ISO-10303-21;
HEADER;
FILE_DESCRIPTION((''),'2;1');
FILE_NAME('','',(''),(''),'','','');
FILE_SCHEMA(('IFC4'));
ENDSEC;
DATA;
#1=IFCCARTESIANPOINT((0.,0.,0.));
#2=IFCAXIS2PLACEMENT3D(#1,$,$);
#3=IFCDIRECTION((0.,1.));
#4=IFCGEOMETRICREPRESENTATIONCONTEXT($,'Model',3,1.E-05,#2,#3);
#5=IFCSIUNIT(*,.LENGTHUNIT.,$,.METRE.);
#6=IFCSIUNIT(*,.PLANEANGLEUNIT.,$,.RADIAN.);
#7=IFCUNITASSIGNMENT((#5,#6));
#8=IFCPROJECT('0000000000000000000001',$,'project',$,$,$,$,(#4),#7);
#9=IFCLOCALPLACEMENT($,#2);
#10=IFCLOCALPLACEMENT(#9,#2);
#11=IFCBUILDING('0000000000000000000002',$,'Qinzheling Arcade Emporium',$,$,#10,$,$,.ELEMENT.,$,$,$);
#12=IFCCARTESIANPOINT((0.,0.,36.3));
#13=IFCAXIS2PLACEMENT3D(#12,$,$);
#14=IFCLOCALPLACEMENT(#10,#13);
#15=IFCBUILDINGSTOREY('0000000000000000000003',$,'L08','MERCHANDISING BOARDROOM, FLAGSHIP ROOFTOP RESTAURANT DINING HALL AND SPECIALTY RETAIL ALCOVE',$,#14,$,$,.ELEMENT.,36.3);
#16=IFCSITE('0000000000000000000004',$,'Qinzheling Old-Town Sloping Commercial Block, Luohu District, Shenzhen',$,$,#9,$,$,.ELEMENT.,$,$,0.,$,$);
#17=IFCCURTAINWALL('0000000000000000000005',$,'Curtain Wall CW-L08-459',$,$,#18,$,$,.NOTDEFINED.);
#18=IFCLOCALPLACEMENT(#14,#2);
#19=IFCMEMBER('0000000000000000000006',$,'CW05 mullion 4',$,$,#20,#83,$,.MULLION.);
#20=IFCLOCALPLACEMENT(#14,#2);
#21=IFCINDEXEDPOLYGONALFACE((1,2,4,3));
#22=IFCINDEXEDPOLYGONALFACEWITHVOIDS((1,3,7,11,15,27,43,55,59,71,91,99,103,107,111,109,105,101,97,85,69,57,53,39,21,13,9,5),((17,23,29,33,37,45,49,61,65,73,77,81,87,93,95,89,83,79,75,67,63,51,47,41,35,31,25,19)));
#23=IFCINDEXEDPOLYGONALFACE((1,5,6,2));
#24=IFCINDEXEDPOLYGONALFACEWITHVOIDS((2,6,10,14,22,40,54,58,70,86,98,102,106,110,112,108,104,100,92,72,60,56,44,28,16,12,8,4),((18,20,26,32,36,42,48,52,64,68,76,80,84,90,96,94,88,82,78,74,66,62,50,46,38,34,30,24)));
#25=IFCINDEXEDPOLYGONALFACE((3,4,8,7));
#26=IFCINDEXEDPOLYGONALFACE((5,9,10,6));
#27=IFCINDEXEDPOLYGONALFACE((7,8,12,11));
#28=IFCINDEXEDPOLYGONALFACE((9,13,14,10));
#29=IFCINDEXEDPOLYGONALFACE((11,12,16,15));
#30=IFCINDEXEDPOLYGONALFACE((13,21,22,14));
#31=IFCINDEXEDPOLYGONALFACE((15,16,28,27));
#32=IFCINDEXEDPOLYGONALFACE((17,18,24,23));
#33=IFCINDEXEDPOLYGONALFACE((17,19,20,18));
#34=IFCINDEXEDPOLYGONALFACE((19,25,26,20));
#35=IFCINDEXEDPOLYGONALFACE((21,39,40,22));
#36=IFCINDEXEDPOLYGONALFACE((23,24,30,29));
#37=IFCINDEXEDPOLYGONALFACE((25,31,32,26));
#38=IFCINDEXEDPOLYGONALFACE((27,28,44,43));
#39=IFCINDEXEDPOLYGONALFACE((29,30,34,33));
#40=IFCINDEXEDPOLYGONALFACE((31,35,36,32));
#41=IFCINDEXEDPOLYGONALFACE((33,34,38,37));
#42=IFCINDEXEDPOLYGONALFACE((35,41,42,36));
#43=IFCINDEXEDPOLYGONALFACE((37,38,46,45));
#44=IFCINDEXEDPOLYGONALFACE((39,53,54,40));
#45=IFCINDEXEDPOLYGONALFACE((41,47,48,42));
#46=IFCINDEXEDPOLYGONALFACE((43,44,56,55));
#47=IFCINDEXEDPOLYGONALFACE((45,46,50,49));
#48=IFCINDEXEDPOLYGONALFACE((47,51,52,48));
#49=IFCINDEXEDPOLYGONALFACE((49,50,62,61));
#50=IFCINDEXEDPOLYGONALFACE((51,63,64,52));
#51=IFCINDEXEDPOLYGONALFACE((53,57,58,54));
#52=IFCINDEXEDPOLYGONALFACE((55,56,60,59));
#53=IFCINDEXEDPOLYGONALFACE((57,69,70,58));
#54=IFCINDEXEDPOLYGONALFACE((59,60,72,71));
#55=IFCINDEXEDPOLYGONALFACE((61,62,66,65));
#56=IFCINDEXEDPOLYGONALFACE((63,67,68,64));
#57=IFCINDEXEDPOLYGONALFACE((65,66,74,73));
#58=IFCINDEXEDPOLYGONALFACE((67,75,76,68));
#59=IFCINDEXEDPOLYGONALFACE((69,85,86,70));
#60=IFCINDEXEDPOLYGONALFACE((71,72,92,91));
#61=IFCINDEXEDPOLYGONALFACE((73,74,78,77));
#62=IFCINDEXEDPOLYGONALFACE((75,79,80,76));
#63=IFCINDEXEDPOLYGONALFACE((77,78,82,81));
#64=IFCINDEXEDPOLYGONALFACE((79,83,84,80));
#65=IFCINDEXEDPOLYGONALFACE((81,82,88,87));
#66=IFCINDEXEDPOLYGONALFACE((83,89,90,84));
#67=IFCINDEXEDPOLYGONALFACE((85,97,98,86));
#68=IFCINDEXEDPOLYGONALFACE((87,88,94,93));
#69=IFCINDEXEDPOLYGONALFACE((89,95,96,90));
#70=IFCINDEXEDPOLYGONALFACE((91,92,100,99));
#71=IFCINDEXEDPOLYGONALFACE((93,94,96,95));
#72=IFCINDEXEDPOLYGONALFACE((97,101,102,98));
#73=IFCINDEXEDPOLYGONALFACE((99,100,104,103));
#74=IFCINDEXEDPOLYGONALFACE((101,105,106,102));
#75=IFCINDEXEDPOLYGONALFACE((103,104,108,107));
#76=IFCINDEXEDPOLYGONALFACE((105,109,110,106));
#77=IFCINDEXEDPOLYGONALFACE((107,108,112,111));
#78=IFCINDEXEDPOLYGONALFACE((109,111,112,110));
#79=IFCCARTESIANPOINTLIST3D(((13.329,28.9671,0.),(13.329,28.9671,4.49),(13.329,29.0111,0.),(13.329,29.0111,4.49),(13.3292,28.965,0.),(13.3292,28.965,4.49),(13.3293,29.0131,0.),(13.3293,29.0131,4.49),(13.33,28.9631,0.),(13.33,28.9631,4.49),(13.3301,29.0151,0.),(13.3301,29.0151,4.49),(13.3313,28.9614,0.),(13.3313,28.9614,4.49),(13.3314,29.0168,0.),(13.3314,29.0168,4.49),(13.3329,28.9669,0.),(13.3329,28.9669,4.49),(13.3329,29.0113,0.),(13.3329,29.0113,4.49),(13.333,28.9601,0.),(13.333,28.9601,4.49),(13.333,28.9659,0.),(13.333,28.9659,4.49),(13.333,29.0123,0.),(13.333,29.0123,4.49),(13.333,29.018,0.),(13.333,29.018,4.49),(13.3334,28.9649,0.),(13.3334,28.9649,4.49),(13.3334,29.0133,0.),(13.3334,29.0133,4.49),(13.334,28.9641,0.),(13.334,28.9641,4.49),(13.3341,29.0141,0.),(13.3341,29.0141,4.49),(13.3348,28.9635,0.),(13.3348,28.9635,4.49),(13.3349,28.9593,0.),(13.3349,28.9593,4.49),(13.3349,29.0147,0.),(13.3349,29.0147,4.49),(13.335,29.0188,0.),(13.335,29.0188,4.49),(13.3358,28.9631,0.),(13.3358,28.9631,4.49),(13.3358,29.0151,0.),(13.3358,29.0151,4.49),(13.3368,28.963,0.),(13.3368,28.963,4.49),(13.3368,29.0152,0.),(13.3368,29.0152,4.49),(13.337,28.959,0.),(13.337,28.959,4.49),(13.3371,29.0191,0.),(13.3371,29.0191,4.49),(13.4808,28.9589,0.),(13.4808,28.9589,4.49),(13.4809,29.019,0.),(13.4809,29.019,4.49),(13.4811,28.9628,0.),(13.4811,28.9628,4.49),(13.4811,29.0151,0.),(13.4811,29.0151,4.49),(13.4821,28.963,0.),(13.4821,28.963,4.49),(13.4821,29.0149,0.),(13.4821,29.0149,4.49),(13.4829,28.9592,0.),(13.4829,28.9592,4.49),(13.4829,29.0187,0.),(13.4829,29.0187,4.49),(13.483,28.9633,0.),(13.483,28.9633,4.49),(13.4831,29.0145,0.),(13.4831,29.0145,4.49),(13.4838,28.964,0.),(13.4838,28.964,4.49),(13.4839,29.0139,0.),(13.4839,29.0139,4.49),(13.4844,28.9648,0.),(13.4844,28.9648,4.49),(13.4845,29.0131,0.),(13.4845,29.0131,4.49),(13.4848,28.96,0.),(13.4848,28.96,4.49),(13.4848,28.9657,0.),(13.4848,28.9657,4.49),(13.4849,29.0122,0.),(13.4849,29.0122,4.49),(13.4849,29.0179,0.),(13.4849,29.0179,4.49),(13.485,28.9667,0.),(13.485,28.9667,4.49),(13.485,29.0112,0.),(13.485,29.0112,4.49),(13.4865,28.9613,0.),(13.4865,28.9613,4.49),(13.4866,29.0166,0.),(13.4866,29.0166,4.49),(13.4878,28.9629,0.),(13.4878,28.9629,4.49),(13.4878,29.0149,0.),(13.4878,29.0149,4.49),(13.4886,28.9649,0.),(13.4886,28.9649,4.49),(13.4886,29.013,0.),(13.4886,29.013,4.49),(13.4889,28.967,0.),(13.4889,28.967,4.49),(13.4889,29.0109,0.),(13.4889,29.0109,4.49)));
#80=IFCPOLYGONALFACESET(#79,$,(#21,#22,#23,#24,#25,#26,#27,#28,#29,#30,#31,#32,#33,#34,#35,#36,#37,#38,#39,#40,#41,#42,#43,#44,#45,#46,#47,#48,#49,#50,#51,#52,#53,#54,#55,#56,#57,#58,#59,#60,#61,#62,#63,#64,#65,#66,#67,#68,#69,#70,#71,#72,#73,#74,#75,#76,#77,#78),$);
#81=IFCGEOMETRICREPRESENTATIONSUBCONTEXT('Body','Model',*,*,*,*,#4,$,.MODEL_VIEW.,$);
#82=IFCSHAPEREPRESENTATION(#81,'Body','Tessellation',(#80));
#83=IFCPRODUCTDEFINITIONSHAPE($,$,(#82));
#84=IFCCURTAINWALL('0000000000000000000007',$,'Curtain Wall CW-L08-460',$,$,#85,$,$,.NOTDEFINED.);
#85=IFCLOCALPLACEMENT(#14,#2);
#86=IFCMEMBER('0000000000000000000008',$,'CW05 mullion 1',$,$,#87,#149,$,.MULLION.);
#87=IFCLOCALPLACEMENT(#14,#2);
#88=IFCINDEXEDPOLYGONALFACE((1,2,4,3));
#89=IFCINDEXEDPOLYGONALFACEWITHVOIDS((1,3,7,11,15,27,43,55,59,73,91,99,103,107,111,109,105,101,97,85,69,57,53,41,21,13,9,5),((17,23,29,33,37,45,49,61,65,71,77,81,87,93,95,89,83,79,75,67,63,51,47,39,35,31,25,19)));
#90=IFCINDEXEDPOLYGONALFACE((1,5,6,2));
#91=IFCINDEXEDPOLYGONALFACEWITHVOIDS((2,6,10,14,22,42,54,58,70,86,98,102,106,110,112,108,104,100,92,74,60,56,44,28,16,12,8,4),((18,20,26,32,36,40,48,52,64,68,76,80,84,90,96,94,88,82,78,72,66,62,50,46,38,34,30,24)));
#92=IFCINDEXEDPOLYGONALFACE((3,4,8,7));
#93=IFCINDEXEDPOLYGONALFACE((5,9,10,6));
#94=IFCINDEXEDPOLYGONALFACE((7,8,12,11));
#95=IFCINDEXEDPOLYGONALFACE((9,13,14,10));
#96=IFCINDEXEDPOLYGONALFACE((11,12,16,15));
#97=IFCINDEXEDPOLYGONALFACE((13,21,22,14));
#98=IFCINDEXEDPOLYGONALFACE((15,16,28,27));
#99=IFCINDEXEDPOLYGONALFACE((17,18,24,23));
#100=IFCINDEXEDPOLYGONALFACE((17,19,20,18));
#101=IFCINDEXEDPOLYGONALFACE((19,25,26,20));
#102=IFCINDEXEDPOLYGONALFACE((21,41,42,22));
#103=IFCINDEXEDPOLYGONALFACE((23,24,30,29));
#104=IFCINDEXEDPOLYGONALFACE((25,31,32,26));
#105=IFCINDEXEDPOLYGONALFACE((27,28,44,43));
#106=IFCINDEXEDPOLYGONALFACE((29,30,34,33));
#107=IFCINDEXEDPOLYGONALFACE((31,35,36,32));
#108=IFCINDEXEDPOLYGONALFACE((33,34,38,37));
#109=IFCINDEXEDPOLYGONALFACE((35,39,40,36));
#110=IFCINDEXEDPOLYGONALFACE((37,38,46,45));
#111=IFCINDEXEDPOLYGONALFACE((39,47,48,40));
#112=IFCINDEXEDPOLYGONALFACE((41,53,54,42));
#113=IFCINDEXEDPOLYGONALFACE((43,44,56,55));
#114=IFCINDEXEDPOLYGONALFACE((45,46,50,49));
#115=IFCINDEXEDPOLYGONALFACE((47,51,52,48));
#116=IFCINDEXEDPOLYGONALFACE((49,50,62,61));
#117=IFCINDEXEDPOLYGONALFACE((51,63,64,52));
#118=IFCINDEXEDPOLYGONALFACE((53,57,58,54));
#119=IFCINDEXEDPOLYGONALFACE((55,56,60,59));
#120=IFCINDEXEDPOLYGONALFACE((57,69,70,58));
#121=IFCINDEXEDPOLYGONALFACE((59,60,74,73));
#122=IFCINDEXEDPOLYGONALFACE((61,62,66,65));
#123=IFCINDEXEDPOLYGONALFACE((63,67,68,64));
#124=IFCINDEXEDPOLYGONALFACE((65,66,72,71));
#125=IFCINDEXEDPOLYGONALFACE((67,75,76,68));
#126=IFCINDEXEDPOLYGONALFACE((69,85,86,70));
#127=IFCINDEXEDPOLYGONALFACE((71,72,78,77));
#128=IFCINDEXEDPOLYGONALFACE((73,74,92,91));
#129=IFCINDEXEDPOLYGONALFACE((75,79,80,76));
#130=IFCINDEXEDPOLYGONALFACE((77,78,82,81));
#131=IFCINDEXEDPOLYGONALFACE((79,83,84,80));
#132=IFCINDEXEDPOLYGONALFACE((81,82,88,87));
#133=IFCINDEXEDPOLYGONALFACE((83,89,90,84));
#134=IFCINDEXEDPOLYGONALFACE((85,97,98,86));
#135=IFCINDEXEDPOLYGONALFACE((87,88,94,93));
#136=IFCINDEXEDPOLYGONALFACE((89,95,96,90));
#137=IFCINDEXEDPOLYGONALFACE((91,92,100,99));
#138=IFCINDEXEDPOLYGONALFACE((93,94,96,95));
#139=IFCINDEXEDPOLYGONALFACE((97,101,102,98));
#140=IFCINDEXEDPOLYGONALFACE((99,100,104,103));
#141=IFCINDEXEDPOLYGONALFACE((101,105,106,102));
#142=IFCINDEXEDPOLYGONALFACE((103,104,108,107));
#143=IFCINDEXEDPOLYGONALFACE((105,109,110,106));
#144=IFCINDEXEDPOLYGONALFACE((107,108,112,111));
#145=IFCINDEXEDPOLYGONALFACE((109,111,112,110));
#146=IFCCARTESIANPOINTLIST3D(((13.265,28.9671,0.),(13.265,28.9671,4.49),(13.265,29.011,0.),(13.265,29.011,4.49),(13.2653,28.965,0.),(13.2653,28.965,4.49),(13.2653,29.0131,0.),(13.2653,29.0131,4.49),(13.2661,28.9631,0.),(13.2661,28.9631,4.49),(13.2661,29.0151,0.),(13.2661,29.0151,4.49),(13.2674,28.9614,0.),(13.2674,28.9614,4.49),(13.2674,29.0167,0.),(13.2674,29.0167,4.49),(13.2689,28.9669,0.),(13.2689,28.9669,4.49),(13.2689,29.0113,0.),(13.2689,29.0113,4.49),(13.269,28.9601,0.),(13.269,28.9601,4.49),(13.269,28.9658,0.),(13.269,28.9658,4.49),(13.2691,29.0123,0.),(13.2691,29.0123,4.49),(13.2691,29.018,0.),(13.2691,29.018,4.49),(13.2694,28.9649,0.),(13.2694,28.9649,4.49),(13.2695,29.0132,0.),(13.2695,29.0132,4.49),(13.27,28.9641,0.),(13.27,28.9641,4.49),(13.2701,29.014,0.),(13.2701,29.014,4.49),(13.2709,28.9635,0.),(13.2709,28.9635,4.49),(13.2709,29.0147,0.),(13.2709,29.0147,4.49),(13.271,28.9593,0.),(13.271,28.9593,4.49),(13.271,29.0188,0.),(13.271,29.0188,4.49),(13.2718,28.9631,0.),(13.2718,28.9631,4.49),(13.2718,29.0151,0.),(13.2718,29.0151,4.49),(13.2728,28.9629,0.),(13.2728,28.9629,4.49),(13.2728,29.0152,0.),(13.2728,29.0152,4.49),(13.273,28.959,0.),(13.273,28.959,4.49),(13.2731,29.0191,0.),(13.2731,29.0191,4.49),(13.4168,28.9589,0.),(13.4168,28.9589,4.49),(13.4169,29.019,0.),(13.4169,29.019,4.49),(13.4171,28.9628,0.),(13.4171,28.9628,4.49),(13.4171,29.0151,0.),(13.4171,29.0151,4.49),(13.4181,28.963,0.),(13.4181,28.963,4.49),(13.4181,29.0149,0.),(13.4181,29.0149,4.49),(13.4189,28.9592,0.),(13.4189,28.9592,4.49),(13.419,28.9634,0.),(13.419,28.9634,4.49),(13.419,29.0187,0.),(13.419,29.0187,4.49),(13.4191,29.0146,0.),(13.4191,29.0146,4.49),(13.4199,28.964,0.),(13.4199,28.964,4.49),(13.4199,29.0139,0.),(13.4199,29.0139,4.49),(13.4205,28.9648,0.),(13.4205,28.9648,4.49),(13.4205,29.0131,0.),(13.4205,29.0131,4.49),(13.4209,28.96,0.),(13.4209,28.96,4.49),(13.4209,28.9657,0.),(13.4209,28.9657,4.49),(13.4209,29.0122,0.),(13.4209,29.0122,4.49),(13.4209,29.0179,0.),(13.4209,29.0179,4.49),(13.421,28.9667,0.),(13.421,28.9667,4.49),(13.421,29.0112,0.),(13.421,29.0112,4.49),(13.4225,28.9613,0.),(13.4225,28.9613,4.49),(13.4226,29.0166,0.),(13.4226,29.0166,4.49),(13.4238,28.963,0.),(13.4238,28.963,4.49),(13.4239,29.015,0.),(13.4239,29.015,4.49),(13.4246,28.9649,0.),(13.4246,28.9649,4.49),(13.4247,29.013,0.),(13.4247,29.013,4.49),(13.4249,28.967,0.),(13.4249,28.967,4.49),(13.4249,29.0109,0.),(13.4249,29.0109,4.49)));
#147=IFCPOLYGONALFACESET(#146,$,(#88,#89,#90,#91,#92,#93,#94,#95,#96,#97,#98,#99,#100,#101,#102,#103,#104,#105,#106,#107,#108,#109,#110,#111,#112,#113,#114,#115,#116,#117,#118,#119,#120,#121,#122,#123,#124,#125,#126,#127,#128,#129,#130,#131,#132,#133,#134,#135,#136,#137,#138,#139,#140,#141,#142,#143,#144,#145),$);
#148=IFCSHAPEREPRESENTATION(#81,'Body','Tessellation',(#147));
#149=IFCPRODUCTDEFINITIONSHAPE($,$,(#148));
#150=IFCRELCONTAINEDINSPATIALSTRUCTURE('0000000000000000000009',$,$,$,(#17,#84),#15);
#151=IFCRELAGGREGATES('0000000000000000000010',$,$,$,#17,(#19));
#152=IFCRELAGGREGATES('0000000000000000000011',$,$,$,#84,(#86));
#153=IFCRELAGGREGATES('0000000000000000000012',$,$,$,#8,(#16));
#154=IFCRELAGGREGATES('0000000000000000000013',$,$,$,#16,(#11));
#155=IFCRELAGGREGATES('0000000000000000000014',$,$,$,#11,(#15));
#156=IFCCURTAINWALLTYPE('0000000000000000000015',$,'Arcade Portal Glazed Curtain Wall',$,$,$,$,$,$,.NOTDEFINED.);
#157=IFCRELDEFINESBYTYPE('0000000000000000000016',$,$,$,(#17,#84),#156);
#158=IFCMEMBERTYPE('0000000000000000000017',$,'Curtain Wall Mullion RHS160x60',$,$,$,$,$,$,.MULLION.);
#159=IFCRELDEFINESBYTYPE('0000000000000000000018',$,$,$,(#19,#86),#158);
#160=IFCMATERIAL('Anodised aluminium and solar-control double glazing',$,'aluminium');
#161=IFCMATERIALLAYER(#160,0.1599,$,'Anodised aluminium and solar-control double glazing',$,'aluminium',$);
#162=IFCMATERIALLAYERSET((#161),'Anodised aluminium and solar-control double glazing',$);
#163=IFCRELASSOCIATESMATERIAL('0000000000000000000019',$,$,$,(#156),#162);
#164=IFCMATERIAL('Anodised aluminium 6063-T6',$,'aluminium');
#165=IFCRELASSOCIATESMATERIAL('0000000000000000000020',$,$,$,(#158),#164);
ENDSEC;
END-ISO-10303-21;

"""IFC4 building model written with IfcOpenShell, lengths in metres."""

from ifc_helpers import new_model, si_unit, direction, frame, origin, origin_2d, place, context, subcontext, project, spatial, hollow_rectangle, extrude, material, layer, layer_set, material_profile, profile_set, type_object, element, aggregate, save


model = new_model("IFC4")

# Units and contexts
model_context = context("Model", 3, precision=1e-05, world=origin(), true_north=direction((0.0, 1.0)))
body_context = subcontext(model_context, "Body", "Model", "MODEL_VIEW")
ifc_project = project(units=[si_unit("LENGTHUNIT", "METRE"), si_unit("PLANEANGLEUNIT", "RADIAN")], contexts=[model_context])

# Site, building, storey
site_placement = place(None, origin())
site = spatial("IfcSite", under=ifc_project, at=site_placement, Name="Qinzheling Old-Town Sloping Commercial Block, Luohu District, Shenzhen", CompositionType="ELEMENT", RefElevation=0.0)
building_placement = place(site_placement, origin())
building = spatial("IfcBuilding", under=site, at=building_placement, Name="Qinzheling Arcade Emporium", CompositionType="ELEMENT")
storey_placement = place(building_placement, frame((0.0, 0.0, 36.3)))
storey = spatial("IfcBuildingStorey", under=building, at=storey_placement, Name="L08", Description="MERCHANDISING BOARDROOM, FLAGSHIP ROOFTOP RESTAURANT DINING HALL AND SPECIALTY RETAIL ALCOVE", CompositionType="ELEMENT", Elevation=36.3)

# Curtain wall, member
ifc_material_1 = material(Name="Anodised aluminium and solar-control double glazing", Category="aluminium")
ifc_layer_1 = layer(ifc_material_1, 0.1599, Name="Anodised aluminium and solar-control double glazing", Category="aluminium")
ifc_layer_set_1 = layer_set([ifc_layer_1], Name="Anodised aluminium and solar-control double glazing")
curtain_wall_type = type_object("IfcCurtainWallType", Name="Arcade Portal Glazed Curtain Wall", PredefinedType="NOTDEFINED", material=ifc_layer_set_1)
curtain_wall_1_placement = place(storey_placement, origin())
curtain_wall_1 = element("IfcCurtainWall", 1, at=curtain_wall_1_placement, inside=storey, type_object=curtain_wall_type, Name="Curtain Wall CW-L08-459", PredefinedType="NOTDEFINED")
ifc_material_2 = material(Name="Anodised aluminium 6063-T6", Category="aluminium")
ifc_material_profile_1 = material_profile(ifc_material_2, hollow_rectangle(XDim=0.0601, YDim=0.1599, WallThickness=0.0039, InnerFilletRadius=0.0039, OuterFilletRadius=0.0081, at=origin_2d()), Name="RHS 160x60x4", Category="aluminium")
ifc_profile_set_1 = profile_set([ifc_material_profile_1], Name="Anodised aluminium 6063-T6")
member_type_1 = type_object("IfcMemberType", Name="Curtain Wall Mullion RHS160x60", PredefinedType="MULLION", material=ifc_profile_set_1)
member_1_placement = place(storey_placement, frame((13.4089, 28.989, 0.0), z_axis=(0.0, 0.0, 1.0), x_axis=(-0.000897, -1.0, 0.0)))
member_1 = element("IfcMember", 2, at=member_1_placement, type_object=member_type_1, Name="CW05 mullion 4", PredefinedType="MULLION", context=body_context, shape_type="SweptSolid", body=[
    extrude(hollow_rectangle(XDim=0.0601, YDim=0.1599, WallThickness=0.0039, InnerFilletRadius=0.0039, OuterFilletRadius=0.0081, at=origin_2d()), origin(), (0.0, 0.0, 1.0), 4.49),
])

# Curtain wall, member
curtain_wall_2_placement = place(storey_placement, origin())
curtain_wall_2 = element("IfcCurtainWall", 3, at=curtain_wall_2_placement, inside=storey, type_object=curtain_wall_type, Name="Curtain Wall CW-L08-460", PredefinedType="NOTDEFINED")
member_2_placement = place(storey_placement, frame((13.345, 28.989, 0.0), z_axis=(0.0, 0.0, 1.0), x_axis=(-0.000748, -1.0, 0.0)))
member_2 = element("IfcMember", 4, at=member_2_placement, type_object=member_type_1, Name="CW05 mullion 1", PredefinedType="MULLION", context=body_context, shape_type="SweptSolid", body=[
    extrude(hollow_rectangle(XDim=0.0601, YDim=0.1599, WallThickness=0.0039, InnerFilletRadius=0.0039, OuterFilletRadius=0.0081, at=origin_2d()), origin(), (0.0, 0.0, 1.0), 4.49),
])

aggregate(curtain_wall_1, [member_1])
aggregate(curtain_wall_2, [member_2])

save(model, "model.ifc")
